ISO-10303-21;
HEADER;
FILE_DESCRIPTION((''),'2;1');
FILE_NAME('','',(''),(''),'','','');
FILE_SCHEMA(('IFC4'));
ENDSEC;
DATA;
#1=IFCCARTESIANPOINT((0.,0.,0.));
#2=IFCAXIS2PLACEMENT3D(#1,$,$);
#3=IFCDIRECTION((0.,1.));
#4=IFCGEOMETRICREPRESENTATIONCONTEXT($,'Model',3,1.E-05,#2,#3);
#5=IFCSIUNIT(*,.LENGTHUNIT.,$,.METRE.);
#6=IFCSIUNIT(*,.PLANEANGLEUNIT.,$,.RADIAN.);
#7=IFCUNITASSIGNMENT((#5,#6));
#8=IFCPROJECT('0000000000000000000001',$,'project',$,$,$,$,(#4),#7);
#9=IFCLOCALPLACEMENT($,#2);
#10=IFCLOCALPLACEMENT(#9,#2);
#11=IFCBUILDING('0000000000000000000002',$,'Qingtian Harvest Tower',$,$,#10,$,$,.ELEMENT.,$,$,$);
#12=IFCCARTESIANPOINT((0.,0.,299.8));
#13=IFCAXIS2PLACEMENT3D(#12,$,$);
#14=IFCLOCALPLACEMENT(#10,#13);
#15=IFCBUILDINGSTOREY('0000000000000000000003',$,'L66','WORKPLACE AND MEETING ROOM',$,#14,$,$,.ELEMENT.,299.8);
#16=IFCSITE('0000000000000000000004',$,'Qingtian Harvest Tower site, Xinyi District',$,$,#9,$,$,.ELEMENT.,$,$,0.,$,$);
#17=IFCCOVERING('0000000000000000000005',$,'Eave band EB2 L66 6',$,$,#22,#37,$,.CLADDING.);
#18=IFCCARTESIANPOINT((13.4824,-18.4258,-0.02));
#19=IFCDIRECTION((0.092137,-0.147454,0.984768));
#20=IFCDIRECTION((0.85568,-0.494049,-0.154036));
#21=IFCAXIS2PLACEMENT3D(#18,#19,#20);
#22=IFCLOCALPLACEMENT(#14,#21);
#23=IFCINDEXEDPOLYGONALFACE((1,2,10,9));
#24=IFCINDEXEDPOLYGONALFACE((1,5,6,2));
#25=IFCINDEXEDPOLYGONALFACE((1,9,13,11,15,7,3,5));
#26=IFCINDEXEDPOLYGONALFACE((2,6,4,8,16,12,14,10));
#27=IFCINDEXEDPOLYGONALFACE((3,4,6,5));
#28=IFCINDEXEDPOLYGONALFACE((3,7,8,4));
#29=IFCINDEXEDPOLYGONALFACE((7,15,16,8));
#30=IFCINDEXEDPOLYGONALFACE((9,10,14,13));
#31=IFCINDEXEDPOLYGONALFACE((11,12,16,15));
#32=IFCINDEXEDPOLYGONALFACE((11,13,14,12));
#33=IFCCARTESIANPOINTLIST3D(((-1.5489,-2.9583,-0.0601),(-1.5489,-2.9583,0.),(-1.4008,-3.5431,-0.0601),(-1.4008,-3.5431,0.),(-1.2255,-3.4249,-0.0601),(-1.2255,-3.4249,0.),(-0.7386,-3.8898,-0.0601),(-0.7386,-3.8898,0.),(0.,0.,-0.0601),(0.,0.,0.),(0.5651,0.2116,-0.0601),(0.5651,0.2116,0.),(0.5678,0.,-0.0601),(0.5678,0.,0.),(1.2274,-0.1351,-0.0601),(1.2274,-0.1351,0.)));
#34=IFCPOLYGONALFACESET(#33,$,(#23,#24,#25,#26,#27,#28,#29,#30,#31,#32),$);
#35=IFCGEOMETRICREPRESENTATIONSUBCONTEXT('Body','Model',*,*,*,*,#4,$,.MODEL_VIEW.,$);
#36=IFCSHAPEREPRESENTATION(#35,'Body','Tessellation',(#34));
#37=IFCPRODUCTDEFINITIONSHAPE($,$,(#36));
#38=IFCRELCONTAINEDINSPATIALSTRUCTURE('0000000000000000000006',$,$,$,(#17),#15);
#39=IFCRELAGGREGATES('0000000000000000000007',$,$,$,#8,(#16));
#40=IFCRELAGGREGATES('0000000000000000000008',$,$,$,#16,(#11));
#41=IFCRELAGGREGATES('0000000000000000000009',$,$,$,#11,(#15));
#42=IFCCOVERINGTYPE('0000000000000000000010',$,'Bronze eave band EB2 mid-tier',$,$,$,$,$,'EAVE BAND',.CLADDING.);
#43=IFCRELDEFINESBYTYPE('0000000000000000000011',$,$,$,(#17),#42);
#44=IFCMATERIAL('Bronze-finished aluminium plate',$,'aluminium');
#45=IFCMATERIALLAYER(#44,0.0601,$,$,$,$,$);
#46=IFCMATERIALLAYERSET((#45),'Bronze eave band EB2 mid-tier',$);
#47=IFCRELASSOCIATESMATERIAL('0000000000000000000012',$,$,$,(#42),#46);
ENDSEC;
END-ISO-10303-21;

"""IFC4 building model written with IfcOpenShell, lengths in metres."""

from ifc_helpers import new_model, si_unit, direction, frame, origin, place, context, subcontext, project, spatial, polyline, outline, extrude, material, layer, layer_set, type_object, element, save


model = new_model("IFC4")

# Units and contexts
model_context = context("Model", 3, precision=1e-05, world=origin(), true_north=direction((0.0, 1.0)))
body_context = subcontext(model_context, "Body", "Model", "MODEL_VIEW")
ifc_project = project(units=[si_unit("LENGTHUNIT", "METRE"), si_unit("PLANEANGLEUNIT", "RADIAN")], contexts=[model_context])

# Site, building, storey
site_placement = place(None, origin())
site = spatial("IfcSite", under=ifc_project, at=site_placement, Name="Qingtian Harvest Tower site, Xinyi District", CompositionType="ELEMENT", RefElevation=0.0)
building_placement = place(site_placement, origin())
building = spatial("IfcBuilding", under=site, at=building_placement, Name="Qingtian Harvest Tower", CompositionType="ELEMENT")
storey_placement = place(building_placement, frame((0.0, 0.0, 299.8)))
storey = spatial("IfcBuildingStorey", under=building, at=storey_placement, Name="L66", Description="WORKPLACE AND MEETING ROOM", CompositionType="ELEMENT", Elevation=299.8)

# Covering
ifc_material_1 = material(Name="Bronze-finished aluminium plate", Category="aluminium")
ifc_layer_1 = layer(ifc_material_1, 0.0601)
ifc_layer_set_1 = layer_set([ifc_layer_1], Name="Bronze eave band EB2 mid-tier")
covering_type = type_object("IfcCoveringType", Name="Bronze eave band EB2 mid-tier", ElementType="EAVE BAND", PredefinedType="CLADDING", material=ifc_layer_set_1)
covering_placement = place(storey_placement, frame((13.4824, -18.4258, -0.02), z_axis=(0.092137, -0.147454, 0.984768), x_axis=(0.85568, -0.494049, -0.154036)))
element("IfcCovering", 1, at=covering_placement, inside=storey, type_object=covering_type, Name="Eave band EB2 L66 6", PredefinedType="CLADDING", context=body_context, shape_type="SweptSolid", body=[
    extrude(outline(polyline([(0.0, 0.0), (0.5678, 0.0), (0.5651, 0.2116), (1.2274, -0.1351), (-0.7386, -3.8898), (-1.4008, -3.5431), (-1.2255, -3.4249), (-1.5489, -2.9583), (0.0, 0.0)])), origin(), (0.0, 0.0, -1.0), 0.0601),
])

save(model, "model.ifc")
